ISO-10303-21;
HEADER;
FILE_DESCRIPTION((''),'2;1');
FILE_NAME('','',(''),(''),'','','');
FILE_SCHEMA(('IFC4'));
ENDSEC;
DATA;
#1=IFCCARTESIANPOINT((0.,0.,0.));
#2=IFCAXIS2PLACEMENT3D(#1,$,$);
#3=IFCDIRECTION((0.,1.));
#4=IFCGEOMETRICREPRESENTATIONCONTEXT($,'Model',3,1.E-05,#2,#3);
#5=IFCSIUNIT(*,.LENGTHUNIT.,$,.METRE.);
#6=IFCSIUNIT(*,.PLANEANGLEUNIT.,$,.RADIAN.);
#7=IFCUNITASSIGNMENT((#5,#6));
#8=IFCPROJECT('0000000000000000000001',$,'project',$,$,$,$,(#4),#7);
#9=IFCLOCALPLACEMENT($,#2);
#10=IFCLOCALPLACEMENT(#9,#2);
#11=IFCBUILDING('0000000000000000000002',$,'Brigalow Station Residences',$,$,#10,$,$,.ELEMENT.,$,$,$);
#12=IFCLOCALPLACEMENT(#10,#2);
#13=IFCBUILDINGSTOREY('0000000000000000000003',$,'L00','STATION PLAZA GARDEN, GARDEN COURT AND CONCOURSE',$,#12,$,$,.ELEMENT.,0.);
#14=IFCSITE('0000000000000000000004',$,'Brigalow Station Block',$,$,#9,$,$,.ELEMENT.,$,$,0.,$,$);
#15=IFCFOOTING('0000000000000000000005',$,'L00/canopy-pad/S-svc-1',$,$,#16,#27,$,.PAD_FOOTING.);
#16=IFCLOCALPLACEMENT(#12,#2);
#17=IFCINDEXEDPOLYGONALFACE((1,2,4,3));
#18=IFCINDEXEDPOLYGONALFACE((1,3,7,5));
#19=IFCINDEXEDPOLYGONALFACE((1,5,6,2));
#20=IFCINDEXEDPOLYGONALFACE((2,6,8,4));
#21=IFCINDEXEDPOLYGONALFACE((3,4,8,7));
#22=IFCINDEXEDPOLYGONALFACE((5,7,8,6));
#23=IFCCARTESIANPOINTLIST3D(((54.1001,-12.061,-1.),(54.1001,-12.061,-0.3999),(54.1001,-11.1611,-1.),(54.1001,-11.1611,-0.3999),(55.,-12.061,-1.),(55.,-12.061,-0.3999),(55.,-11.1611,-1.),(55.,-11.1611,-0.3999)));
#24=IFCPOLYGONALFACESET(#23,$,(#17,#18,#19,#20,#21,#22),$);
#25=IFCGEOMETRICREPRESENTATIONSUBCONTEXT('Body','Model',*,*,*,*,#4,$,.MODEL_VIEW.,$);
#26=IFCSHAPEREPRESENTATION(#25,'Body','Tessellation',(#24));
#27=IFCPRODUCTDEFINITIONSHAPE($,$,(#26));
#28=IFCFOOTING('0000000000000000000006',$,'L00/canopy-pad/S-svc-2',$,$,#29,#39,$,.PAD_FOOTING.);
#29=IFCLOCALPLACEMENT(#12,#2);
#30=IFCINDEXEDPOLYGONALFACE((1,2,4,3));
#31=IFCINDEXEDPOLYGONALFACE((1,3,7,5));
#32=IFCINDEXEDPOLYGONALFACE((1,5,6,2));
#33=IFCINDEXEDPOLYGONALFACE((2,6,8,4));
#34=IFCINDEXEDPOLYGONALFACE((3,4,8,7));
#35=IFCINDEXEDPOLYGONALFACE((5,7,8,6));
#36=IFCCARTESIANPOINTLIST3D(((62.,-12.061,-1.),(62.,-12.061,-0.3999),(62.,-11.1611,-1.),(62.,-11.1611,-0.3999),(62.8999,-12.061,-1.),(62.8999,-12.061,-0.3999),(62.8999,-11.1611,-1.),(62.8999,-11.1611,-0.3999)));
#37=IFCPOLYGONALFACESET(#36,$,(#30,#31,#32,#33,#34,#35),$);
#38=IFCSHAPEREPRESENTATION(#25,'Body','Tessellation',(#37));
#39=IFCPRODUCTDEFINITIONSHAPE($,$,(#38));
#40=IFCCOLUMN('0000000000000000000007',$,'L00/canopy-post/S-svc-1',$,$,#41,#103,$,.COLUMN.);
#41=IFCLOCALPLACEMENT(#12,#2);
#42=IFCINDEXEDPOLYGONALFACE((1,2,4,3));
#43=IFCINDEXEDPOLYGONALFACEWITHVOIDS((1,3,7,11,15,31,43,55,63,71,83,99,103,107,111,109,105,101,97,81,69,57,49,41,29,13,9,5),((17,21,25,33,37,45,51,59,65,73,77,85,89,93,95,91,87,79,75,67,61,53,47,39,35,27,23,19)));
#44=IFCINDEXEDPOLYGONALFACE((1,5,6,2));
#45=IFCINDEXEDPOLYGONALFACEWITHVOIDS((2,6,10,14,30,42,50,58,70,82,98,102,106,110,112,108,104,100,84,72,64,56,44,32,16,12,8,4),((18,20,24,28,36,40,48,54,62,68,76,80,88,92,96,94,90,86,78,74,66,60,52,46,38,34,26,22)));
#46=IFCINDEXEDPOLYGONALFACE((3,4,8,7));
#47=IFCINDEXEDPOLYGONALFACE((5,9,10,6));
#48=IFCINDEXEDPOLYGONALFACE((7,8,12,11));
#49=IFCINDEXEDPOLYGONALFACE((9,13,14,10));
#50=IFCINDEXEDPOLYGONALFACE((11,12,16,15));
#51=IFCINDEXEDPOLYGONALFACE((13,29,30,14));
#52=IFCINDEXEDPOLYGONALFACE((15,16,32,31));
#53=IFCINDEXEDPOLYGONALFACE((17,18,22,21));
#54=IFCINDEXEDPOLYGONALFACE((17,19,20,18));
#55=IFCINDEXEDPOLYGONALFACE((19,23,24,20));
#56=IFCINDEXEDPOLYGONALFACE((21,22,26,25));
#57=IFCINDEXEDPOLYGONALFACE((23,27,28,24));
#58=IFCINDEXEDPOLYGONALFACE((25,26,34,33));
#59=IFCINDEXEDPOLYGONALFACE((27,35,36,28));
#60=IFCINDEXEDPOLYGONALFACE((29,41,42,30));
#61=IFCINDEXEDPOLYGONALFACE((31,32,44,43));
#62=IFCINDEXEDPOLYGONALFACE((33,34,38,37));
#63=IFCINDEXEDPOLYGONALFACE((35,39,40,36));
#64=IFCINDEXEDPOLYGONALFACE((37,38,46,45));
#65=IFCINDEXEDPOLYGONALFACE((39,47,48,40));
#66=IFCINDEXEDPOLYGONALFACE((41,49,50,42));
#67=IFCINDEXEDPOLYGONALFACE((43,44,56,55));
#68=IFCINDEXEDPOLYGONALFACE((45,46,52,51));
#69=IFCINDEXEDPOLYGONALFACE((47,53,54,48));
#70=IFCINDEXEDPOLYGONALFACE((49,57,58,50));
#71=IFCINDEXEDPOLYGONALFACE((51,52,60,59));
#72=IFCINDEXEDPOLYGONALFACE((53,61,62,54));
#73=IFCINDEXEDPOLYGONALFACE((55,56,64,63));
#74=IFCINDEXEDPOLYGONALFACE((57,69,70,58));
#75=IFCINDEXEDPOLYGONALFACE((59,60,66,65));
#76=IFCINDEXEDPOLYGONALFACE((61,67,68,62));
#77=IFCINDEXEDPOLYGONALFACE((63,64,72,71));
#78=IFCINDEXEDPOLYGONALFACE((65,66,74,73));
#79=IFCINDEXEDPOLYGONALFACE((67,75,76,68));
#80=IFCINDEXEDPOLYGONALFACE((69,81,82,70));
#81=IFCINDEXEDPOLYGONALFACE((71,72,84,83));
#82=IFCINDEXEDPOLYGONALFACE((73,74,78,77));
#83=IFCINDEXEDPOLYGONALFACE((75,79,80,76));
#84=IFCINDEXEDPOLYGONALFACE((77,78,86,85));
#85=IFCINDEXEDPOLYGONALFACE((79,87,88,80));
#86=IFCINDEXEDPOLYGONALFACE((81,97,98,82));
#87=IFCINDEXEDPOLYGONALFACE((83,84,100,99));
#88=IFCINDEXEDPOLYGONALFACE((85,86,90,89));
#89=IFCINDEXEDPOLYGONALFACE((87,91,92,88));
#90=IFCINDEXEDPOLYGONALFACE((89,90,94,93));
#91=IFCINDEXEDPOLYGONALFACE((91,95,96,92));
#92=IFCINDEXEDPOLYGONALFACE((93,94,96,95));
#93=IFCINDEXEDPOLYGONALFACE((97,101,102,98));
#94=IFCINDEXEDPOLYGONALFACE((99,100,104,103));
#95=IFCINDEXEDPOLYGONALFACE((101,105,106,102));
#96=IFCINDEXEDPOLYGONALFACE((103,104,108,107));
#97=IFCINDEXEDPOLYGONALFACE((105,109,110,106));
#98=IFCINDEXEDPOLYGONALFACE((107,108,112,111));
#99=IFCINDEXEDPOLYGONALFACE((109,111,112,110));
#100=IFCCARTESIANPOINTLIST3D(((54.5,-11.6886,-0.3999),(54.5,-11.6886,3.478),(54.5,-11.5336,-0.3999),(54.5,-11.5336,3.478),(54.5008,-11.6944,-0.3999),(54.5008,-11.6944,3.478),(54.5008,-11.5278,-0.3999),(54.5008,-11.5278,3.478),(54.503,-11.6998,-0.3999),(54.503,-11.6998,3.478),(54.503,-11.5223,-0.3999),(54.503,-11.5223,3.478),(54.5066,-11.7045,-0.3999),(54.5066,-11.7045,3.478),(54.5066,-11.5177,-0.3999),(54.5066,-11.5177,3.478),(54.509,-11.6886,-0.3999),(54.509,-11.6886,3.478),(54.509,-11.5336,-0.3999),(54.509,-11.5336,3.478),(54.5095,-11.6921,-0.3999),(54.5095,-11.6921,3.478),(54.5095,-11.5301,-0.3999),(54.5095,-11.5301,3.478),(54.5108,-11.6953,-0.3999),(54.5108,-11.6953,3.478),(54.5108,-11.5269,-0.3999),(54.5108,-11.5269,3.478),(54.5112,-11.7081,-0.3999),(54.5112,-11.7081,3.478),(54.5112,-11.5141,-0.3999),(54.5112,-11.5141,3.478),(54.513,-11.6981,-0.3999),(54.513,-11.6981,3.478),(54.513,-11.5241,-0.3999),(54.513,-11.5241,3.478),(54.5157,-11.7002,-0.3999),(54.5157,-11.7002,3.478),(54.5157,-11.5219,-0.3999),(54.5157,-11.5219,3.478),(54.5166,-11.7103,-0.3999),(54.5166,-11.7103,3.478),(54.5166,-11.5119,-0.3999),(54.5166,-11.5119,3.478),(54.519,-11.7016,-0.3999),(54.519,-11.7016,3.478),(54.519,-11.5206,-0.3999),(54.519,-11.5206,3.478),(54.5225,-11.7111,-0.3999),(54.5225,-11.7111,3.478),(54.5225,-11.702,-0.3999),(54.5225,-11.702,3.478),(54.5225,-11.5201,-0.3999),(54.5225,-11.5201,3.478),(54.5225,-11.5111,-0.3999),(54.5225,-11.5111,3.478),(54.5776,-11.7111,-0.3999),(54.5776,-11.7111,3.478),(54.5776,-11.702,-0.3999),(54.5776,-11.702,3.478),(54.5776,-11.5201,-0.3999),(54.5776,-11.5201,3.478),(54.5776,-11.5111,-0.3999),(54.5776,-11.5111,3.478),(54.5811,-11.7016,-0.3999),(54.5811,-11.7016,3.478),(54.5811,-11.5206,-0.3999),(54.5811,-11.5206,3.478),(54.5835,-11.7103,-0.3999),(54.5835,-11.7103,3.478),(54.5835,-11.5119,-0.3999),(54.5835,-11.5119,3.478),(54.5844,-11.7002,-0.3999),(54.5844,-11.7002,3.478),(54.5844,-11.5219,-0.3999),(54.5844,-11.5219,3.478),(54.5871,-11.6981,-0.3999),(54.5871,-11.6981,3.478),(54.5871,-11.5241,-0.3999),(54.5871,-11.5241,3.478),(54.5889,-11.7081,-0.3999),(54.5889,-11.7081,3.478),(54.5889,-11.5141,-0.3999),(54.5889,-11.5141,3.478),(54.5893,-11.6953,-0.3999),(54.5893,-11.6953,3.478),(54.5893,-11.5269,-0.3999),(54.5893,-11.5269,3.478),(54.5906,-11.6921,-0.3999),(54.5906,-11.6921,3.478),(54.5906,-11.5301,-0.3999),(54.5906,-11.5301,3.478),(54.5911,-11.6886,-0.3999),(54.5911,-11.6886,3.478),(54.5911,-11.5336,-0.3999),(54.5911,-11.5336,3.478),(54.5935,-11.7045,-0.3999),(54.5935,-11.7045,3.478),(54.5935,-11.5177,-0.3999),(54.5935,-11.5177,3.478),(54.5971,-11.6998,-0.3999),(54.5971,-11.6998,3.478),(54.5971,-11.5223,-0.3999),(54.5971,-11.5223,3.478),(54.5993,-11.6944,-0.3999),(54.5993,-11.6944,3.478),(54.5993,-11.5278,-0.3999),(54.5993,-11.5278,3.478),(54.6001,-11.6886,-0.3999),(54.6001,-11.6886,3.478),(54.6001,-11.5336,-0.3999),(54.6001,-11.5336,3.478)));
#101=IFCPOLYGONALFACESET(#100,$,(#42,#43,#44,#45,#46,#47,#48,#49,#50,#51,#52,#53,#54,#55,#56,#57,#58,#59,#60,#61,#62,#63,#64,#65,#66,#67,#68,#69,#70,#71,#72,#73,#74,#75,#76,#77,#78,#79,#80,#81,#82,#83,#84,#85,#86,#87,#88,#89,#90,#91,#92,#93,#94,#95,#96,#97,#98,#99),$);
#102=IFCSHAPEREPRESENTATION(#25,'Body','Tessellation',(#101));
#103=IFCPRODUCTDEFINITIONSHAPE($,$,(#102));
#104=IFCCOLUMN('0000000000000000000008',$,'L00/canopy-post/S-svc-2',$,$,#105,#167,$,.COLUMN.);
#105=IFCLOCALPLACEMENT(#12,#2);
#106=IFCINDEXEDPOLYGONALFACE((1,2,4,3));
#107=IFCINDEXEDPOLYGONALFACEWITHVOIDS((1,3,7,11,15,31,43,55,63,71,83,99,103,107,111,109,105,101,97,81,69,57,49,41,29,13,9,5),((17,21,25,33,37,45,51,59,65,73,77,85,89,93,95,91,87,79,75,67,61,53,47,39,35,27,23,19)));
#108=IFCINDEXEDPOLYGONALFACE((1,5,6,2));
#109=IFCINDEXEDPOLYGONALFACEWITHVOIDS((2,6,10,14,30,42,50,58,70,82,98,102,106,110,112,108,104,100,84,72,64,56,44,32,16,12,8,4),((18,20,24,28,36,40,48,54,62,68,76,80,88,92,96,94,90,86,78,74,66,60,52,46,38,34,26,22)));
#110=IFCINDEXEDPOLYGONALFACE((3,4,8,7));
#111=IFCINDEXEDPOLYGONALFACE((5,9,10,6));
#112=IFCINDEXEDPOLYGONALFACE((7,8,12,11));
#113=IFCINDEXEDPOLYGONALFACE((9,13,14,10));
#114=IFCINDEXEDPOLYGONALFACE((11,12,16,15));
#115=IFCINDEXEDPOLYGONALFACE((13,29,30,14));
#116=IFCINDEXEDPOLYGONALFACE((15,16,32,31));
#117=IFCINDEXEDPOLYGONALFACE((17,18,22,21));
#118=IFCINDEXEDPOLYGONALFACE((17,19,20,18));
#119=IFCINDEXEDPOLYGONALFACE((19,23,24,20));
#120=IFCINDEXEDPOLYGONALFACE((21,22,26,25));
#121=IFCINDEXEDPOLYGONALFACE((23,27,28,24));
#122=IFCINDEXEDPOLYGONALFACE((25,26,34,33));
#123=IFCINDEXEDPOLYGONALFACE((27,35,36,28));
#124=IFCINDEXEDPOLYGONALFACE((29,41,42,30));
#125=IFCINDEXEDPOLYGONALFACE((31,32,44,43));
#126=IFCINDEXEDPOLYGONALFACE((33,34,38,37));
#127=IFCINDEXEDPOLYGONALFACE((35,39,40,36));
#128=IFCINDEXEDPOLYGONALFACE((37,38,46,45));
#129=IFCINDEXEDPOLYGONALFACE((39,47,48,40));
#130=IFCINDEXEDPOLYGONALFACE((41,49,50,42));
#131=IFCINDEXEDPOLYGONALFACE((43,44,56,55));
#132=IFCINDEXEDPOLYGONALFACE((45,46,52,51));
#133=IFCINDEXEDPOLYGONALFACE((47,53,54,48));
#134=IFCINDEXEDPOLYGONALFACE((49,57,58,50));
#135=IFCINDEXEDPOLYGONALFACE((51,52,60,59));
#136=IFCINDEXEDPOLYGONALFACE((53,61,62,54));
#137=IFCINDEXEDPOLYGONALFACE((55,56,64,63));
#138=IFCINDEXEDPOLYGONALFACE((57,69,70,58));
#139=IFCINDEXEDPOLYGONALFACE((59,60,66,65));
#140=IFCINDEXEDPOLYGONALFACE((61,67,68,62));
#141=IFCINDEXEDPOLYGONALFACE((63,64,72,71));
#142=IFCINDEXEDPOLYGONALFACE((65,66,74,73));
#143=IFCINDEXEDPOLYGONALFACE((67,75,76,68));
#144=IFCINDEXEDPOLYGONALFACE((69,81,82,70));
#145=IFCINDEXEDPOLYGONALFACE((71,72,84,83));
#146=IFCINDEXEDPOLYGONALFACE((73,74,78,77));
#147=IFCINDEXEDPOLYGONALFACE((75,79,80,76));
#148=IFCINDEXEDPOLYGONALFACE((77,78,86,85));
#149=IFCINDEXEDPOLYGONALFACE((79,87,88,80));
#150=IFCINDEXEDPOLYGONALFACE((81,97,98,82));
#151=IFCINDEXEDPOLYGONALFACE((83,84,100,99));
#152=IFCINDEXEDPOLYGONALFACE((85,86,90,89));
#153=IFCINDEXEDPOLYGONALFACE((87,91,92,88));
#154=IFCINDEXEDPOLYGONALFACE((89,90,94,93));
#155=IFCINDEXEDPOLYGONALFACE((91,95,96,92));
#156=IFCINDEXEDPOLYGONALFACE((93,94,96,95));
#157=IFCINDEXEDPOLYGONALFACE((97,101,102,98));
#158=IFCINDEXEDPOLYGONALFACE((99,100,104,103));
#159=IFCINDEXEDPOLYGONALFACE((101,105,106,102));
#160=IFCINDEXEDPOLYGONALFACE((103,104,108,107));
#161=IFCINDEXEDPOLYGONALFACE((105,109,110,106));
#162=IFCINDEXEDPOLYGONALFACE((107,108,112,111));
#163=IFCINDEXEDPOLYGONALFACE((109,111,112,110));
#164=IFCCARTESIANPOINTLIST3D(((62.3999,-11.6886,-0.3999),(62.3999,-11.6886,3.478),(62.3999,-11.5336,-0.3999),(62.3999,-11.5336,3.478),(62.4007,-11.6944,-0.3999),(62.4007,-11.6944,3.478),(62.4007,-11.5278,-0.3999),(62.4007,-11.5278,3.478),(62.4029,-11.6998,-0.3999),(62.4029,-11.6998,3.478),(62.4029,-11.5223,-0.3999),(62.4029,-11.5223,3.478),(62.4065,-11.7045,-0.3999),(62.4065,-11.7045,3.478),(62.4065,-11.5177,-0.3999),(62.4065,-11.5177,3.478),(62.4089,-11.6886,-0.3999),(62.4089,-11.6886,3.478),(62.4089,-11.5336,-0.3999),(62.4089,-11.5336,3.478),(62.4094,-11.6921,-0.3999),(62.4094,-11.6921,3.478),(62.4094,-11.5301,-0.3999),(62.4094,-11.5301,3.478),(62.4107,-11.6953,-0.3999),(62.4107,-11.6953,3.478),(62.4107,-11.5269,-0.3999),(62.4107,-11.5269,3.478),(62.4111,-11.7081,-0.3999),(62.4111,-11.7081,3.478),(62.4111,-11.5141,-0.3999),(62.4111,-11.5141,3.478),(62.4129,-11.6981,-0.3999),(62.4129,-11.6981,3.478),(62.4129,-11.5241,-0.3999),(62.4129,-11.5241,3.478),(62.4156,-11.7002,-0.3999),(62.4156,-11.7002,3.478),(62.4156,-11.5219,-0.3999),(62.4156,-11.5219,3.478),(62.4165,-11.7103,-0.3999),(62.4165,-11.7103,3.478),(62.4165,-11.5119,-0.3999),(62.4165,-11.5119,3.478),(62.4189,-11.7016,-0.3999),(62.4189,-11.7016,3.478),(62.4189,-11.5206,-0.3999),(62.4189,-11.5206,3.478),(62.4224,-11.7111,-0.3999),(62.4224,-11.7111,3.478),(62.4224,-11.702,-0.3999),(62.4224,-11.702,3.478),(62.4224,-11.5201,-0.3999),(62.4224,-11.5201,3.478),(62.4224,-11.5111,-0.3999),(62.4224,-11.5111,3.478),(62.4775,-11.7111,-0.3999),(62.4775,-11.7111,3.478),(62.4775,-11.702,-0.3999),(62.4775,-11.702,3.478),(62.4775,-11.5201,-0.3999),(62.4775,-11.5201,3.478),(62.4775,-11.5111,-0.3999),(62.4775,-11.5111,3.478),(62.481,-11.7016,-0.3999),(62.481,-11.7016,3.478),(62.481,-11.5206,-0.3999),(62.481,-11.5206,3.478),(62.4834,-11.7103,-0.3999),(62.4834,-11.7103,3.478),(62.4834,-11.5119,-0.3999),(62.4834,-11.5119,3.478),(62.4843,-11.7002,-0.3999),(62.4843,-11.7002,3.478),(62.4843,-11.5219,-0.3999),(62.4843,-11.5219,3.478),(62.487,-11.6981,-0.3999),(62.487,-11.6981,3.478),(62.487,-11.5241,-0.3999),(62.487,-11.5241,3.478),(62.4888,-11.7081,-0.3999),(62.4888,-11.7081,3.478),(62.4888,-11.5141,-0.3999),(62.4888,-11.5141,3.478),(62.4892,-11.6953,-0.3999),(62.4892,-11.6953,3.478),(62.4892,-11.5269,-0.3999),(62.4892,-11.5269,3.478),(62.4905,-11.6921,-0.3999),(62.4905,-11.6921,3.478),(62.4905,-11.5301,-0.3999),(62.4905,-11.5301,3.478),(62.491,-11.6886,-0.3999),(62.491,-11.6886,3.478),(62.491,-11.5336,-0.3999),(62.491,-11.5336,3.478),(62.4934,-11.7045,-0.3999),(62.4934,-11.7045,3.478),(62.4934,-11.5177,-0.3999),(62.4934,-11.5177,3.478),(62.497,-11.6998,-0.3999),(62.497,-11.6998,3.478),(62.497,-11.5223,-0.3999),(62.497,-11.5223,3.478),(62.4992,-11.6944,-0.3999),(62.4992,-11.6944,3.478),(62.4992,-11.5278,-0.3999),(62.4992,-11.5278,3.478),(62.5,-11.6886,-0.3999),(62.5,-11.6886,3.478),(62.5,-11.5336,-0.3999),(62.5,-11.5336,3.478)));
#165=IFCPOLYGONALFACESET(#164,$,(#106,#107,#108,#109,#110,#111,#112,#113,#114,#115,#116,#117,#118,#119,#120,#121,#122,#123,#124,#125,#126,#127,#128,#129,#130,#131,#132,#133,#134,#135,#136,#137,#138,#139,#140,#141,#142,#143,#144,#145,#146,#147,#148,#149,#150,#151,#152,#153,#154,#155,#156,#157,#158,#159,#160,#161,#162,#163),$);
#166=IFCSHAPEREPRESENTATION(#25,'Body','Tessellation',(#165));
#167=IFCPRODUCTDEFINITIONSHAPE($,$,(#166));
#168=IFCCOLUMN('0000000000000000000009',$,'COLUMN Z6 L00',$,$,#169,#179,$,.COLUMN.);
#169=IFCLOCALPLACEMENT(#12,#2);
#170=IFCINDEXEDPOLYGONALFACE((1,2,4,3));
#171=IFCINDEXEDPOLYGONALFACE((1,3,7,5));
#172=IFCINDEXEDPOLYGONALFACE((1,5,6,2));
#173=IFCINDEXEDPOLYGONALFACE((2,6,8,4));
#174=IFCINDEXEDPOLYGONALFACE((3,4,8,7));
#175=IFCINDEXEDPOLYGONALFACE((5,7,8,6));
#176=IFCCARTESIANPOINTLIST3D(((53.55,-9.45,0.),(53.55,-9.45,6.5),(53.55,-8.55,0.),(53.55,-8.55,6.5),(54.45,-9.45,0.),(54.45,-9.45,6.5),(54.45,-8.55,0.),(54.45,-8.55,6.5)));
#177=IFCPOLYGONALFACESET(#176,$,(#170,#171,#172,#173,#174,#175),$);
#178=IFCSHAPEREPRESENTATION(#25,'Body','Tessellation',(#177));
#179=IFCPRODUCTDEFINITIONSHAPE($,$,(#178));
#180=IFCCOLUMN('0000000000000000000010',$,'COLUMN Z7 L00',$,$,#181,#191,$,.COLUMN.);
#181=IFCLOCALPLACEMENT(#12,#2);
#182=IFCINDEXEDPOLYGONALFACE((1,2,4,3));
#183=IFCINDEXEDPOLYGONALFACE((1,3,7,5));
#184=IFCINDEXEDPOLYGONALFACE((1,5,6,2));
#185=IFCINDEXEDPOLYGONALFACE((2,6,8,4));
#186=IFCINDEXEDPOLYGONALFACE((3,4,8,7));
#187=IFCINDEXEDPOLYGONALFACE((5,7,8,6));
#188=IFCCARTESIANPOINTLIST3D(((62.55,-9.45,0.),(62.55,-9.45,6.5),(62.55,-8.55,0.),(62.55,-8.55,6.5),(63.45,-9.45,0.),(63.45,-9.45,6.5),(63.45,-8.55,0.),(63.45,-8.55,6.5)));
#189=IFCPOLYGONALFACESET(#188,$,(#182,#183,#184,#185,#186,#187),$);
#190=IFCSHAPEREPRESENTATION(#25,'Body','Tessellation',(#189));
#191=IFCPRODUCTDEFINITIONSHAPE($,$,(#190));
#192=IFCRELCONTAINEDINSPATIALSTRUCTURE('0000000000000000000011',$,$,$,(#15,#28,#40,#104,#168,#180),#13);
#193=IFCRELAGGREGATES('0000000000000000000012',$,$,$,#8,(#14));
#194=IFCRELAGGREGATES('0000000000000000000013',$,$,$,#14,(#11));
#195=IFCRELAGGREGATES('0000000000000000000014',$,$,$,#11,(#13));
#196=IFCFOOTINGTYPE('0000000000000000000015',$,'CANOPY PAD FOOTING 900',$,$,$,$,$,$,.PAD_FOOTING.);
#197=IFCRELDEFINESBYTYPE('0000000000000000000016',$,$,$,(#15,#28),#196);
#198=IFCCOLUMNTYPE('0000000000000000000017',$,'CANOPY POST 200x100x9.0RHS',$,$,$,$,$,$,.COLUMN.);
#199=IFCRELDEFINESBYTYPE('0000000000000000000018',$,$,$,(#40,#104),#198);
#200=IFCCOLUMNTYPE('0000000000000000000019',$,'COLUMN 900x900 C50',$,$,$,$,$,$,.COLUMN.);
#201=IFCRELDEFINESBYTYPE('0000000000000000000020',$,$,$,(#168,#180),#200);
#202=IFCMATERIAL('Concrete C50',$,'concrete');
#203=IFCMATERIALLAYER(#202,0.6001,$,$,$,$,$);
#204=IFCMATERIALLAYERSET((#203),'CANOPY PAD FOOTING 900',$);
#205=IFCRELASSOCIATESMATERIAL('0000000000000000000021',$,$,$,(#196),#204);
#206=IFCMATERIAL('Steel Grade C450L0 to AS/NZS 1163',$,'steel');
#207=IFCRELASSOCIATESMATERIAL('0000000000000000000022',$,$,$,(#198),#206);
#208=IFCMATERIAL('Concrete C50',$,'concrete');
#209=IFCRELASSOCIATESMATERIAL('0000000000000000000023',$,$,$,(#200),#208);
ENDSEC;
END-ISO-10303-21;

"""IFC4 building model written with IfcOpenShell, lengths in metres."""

from ifc_helpers import new_model, si_unit, direction, frame, origin, origin_2d, place, context, subcontext, project, spatial, rectangle, hollow_rectangle, extrude, material, layer, layer_set, material_profile, profile_set, type_object, element, save


model = new_model("IFC4")

# Units and contexts
model_context = context("Model", 3, precision=1e-05, world=origin(), true_north=direction((0.0, 1.0)))
body_context = subcontext(model_context, "Body", "Model", "MODEL_VIEW")
ifc_project = project(units=[si_unit("LENGTHUNIT", "METRE"), si_unit("PLANEANGLEUNIT", "RADIAN")], contexts=[model_context])

# Site, building, storey
site_placement = place(None, origin())
site = spatial("IfcSite", under=ifc_project, at=site_placement, Name="Brigalow Station Block", CompositionType="ELEMENT", RefElevation=0.0)
building_placement = place(site_placement, origin())
building = spatial("IfcBuilding", under=site, at=building_placement, Name="Brigalow Station Residences", CompositionType="ELEMENT")
storey_placement = place(building_placement, origin())
storey = spatial("IfcBuildingStorey", under=building, at=storey_placement, Name="L00", Description="STATION PLAZA GARDEN, GARDEN COURT AND CONCOURSE", CompositionType="ELEMENT", Elevation=0.0)

# Footings
ifc_material_1 = material(Name="Concrete C50", Category="concrete")
ifc_layer_1 = layer(ifc_material_1, 0.6001)
ifc_layer_set_1 = layer_set([ifc_layer_1], Name="CANOPY PAD FOOTING 900")
footing_type = type_object("IfcFootingType", Name="CANOPY PAD FOOTING 900", PredefinedType="PAD_FOOTING", material=ifc_layer_set_1)
for number, where, z_axis, x_axis, name in (
    (1, (54.55, -11.6111, -1.0), (0.0, 0.0, 1.0), (1.0, 0.0, 0.0), "L00/canopy-pad/S-svc-1"),
    (2, (62.45, -11.6111, -1.0), (0.0, 0.0, 1.0), (1.0, 0.0, 0.0), "L00/canopy-pad/S-svc-2"),
):
    element("IfcFooting", number, at=place(storey_placement, frame(where, z_axis=z_axis, x_axis=x_axis)), inside=storey, type_object=footing_type, Name=name, PredefinedType="PAD_FOOTING", context=body_context, shape_type="SweptSolid", body=[
        extrude(rectangle(XDim=0.8999, YDim=0.8999, at=origin_2d()), origin(), (0.0, 0.0, 1.0), 0.6001),
    ])

# Columns
ifc_material_2 = material(Name="Steel Grade C450L0 to AS/NZS 1163", Category="steel")
ifc_material_profile_1 = material_profile(ifc_material_2, hollow_rectangle(XDim=0.1001, YDim=0.2, WallThickness=0.009, InnerFilletRadius=0.0134, OuterFilletRadius=0.0225, at=origin_2d()), Name="200x100x9.0RHS")
ifc_profile_set_1 = profile_set([ifc_material_profile_1], Name="Steel Grade C450L0 to AS/NZS 1163")
column_type_1 = type_object("IfcColumnType", Name="CANOPY POST 200x100x9.0RHS", PredefinedType="COLUMN", material=ifc_profile_set_1)
for number, where, z_axis, x_axis, name in (
    (3, (54.55, -11.6111, -0.3999), (0.0, 0.0, 1.0), (1.0, 0.0, 0.0), "L00/canopy-post/S-svc-1"),
    (4, (62.45, -11.6111, -0.3999), (0.0, 0.0, 1.0), (1.0, 0.0, 0.0), "L00/canopy-post/S-svc-2"),
):
    element("IfcColumn", number, at=place(storey_placement, frame(where, z_axis=z_axis, x_axis=x_axis)), inside=storey, type_object=column_type_1, Name=name, PredefinedType="COLUMN", context=body_context, shape_type="SweptSolid", body=[
        extrude(hollow_rectangle(XDim=0.1001, YDim=0.2, WallThickness=0.009, InnerFilletRadius=0.0134, OuterFilletRadius=0.0225, at=origin_2d()), origin(), (0.0, 0.0, 1.0), 3.8779),
    ])
ifc_material_3 = material(Name="Concrete C50", Category="concrete")
ifc_material_profile_2 = material_profile(ifc_material_3, rectangle(XDim=0.8999, YDim=0.8999, at=origin_2d()), Name="RC900x900")
ifc_profile_set_2 = profile_set([ifc_material_profile_2], Name="Concrete C50")
column_type_2 = type_object("IfcColumnType", Name="COLUMN 900x900 C50", PredefinedType="COLUMN", material=ifc_profile_set_2)
for number, where, z_axis, x_axis, name in (
    (5, (54.0, -9.0, 0.0), (0.0, 0.0, 1.0), (1.0, 0.0, 0.0), "COLUMN Z6 L00"),
    (6, (63.0, -9.0, 0.0), (0.0, 0.0, 1.0), (1.0, 0.0, 0.0), "COLUMN Z7 L00"),
):
    element("IfcColumn", number, at=place(storey_placement, frame(where, z_axis=z_axis, x_axis=x_axis)), inside=storey, type_object=column_type_2, Name=name, PredefinedType="COLUMN", context=body_context, shape_type="SweptSolid", body=[
        extrude(rectangle(XDim=0.8999, YDim=0.8999, at=origin_2d()), origin(), (0.0, 0.0, 1.0), 6.5),
    ])

save(model, "model.ifc")
